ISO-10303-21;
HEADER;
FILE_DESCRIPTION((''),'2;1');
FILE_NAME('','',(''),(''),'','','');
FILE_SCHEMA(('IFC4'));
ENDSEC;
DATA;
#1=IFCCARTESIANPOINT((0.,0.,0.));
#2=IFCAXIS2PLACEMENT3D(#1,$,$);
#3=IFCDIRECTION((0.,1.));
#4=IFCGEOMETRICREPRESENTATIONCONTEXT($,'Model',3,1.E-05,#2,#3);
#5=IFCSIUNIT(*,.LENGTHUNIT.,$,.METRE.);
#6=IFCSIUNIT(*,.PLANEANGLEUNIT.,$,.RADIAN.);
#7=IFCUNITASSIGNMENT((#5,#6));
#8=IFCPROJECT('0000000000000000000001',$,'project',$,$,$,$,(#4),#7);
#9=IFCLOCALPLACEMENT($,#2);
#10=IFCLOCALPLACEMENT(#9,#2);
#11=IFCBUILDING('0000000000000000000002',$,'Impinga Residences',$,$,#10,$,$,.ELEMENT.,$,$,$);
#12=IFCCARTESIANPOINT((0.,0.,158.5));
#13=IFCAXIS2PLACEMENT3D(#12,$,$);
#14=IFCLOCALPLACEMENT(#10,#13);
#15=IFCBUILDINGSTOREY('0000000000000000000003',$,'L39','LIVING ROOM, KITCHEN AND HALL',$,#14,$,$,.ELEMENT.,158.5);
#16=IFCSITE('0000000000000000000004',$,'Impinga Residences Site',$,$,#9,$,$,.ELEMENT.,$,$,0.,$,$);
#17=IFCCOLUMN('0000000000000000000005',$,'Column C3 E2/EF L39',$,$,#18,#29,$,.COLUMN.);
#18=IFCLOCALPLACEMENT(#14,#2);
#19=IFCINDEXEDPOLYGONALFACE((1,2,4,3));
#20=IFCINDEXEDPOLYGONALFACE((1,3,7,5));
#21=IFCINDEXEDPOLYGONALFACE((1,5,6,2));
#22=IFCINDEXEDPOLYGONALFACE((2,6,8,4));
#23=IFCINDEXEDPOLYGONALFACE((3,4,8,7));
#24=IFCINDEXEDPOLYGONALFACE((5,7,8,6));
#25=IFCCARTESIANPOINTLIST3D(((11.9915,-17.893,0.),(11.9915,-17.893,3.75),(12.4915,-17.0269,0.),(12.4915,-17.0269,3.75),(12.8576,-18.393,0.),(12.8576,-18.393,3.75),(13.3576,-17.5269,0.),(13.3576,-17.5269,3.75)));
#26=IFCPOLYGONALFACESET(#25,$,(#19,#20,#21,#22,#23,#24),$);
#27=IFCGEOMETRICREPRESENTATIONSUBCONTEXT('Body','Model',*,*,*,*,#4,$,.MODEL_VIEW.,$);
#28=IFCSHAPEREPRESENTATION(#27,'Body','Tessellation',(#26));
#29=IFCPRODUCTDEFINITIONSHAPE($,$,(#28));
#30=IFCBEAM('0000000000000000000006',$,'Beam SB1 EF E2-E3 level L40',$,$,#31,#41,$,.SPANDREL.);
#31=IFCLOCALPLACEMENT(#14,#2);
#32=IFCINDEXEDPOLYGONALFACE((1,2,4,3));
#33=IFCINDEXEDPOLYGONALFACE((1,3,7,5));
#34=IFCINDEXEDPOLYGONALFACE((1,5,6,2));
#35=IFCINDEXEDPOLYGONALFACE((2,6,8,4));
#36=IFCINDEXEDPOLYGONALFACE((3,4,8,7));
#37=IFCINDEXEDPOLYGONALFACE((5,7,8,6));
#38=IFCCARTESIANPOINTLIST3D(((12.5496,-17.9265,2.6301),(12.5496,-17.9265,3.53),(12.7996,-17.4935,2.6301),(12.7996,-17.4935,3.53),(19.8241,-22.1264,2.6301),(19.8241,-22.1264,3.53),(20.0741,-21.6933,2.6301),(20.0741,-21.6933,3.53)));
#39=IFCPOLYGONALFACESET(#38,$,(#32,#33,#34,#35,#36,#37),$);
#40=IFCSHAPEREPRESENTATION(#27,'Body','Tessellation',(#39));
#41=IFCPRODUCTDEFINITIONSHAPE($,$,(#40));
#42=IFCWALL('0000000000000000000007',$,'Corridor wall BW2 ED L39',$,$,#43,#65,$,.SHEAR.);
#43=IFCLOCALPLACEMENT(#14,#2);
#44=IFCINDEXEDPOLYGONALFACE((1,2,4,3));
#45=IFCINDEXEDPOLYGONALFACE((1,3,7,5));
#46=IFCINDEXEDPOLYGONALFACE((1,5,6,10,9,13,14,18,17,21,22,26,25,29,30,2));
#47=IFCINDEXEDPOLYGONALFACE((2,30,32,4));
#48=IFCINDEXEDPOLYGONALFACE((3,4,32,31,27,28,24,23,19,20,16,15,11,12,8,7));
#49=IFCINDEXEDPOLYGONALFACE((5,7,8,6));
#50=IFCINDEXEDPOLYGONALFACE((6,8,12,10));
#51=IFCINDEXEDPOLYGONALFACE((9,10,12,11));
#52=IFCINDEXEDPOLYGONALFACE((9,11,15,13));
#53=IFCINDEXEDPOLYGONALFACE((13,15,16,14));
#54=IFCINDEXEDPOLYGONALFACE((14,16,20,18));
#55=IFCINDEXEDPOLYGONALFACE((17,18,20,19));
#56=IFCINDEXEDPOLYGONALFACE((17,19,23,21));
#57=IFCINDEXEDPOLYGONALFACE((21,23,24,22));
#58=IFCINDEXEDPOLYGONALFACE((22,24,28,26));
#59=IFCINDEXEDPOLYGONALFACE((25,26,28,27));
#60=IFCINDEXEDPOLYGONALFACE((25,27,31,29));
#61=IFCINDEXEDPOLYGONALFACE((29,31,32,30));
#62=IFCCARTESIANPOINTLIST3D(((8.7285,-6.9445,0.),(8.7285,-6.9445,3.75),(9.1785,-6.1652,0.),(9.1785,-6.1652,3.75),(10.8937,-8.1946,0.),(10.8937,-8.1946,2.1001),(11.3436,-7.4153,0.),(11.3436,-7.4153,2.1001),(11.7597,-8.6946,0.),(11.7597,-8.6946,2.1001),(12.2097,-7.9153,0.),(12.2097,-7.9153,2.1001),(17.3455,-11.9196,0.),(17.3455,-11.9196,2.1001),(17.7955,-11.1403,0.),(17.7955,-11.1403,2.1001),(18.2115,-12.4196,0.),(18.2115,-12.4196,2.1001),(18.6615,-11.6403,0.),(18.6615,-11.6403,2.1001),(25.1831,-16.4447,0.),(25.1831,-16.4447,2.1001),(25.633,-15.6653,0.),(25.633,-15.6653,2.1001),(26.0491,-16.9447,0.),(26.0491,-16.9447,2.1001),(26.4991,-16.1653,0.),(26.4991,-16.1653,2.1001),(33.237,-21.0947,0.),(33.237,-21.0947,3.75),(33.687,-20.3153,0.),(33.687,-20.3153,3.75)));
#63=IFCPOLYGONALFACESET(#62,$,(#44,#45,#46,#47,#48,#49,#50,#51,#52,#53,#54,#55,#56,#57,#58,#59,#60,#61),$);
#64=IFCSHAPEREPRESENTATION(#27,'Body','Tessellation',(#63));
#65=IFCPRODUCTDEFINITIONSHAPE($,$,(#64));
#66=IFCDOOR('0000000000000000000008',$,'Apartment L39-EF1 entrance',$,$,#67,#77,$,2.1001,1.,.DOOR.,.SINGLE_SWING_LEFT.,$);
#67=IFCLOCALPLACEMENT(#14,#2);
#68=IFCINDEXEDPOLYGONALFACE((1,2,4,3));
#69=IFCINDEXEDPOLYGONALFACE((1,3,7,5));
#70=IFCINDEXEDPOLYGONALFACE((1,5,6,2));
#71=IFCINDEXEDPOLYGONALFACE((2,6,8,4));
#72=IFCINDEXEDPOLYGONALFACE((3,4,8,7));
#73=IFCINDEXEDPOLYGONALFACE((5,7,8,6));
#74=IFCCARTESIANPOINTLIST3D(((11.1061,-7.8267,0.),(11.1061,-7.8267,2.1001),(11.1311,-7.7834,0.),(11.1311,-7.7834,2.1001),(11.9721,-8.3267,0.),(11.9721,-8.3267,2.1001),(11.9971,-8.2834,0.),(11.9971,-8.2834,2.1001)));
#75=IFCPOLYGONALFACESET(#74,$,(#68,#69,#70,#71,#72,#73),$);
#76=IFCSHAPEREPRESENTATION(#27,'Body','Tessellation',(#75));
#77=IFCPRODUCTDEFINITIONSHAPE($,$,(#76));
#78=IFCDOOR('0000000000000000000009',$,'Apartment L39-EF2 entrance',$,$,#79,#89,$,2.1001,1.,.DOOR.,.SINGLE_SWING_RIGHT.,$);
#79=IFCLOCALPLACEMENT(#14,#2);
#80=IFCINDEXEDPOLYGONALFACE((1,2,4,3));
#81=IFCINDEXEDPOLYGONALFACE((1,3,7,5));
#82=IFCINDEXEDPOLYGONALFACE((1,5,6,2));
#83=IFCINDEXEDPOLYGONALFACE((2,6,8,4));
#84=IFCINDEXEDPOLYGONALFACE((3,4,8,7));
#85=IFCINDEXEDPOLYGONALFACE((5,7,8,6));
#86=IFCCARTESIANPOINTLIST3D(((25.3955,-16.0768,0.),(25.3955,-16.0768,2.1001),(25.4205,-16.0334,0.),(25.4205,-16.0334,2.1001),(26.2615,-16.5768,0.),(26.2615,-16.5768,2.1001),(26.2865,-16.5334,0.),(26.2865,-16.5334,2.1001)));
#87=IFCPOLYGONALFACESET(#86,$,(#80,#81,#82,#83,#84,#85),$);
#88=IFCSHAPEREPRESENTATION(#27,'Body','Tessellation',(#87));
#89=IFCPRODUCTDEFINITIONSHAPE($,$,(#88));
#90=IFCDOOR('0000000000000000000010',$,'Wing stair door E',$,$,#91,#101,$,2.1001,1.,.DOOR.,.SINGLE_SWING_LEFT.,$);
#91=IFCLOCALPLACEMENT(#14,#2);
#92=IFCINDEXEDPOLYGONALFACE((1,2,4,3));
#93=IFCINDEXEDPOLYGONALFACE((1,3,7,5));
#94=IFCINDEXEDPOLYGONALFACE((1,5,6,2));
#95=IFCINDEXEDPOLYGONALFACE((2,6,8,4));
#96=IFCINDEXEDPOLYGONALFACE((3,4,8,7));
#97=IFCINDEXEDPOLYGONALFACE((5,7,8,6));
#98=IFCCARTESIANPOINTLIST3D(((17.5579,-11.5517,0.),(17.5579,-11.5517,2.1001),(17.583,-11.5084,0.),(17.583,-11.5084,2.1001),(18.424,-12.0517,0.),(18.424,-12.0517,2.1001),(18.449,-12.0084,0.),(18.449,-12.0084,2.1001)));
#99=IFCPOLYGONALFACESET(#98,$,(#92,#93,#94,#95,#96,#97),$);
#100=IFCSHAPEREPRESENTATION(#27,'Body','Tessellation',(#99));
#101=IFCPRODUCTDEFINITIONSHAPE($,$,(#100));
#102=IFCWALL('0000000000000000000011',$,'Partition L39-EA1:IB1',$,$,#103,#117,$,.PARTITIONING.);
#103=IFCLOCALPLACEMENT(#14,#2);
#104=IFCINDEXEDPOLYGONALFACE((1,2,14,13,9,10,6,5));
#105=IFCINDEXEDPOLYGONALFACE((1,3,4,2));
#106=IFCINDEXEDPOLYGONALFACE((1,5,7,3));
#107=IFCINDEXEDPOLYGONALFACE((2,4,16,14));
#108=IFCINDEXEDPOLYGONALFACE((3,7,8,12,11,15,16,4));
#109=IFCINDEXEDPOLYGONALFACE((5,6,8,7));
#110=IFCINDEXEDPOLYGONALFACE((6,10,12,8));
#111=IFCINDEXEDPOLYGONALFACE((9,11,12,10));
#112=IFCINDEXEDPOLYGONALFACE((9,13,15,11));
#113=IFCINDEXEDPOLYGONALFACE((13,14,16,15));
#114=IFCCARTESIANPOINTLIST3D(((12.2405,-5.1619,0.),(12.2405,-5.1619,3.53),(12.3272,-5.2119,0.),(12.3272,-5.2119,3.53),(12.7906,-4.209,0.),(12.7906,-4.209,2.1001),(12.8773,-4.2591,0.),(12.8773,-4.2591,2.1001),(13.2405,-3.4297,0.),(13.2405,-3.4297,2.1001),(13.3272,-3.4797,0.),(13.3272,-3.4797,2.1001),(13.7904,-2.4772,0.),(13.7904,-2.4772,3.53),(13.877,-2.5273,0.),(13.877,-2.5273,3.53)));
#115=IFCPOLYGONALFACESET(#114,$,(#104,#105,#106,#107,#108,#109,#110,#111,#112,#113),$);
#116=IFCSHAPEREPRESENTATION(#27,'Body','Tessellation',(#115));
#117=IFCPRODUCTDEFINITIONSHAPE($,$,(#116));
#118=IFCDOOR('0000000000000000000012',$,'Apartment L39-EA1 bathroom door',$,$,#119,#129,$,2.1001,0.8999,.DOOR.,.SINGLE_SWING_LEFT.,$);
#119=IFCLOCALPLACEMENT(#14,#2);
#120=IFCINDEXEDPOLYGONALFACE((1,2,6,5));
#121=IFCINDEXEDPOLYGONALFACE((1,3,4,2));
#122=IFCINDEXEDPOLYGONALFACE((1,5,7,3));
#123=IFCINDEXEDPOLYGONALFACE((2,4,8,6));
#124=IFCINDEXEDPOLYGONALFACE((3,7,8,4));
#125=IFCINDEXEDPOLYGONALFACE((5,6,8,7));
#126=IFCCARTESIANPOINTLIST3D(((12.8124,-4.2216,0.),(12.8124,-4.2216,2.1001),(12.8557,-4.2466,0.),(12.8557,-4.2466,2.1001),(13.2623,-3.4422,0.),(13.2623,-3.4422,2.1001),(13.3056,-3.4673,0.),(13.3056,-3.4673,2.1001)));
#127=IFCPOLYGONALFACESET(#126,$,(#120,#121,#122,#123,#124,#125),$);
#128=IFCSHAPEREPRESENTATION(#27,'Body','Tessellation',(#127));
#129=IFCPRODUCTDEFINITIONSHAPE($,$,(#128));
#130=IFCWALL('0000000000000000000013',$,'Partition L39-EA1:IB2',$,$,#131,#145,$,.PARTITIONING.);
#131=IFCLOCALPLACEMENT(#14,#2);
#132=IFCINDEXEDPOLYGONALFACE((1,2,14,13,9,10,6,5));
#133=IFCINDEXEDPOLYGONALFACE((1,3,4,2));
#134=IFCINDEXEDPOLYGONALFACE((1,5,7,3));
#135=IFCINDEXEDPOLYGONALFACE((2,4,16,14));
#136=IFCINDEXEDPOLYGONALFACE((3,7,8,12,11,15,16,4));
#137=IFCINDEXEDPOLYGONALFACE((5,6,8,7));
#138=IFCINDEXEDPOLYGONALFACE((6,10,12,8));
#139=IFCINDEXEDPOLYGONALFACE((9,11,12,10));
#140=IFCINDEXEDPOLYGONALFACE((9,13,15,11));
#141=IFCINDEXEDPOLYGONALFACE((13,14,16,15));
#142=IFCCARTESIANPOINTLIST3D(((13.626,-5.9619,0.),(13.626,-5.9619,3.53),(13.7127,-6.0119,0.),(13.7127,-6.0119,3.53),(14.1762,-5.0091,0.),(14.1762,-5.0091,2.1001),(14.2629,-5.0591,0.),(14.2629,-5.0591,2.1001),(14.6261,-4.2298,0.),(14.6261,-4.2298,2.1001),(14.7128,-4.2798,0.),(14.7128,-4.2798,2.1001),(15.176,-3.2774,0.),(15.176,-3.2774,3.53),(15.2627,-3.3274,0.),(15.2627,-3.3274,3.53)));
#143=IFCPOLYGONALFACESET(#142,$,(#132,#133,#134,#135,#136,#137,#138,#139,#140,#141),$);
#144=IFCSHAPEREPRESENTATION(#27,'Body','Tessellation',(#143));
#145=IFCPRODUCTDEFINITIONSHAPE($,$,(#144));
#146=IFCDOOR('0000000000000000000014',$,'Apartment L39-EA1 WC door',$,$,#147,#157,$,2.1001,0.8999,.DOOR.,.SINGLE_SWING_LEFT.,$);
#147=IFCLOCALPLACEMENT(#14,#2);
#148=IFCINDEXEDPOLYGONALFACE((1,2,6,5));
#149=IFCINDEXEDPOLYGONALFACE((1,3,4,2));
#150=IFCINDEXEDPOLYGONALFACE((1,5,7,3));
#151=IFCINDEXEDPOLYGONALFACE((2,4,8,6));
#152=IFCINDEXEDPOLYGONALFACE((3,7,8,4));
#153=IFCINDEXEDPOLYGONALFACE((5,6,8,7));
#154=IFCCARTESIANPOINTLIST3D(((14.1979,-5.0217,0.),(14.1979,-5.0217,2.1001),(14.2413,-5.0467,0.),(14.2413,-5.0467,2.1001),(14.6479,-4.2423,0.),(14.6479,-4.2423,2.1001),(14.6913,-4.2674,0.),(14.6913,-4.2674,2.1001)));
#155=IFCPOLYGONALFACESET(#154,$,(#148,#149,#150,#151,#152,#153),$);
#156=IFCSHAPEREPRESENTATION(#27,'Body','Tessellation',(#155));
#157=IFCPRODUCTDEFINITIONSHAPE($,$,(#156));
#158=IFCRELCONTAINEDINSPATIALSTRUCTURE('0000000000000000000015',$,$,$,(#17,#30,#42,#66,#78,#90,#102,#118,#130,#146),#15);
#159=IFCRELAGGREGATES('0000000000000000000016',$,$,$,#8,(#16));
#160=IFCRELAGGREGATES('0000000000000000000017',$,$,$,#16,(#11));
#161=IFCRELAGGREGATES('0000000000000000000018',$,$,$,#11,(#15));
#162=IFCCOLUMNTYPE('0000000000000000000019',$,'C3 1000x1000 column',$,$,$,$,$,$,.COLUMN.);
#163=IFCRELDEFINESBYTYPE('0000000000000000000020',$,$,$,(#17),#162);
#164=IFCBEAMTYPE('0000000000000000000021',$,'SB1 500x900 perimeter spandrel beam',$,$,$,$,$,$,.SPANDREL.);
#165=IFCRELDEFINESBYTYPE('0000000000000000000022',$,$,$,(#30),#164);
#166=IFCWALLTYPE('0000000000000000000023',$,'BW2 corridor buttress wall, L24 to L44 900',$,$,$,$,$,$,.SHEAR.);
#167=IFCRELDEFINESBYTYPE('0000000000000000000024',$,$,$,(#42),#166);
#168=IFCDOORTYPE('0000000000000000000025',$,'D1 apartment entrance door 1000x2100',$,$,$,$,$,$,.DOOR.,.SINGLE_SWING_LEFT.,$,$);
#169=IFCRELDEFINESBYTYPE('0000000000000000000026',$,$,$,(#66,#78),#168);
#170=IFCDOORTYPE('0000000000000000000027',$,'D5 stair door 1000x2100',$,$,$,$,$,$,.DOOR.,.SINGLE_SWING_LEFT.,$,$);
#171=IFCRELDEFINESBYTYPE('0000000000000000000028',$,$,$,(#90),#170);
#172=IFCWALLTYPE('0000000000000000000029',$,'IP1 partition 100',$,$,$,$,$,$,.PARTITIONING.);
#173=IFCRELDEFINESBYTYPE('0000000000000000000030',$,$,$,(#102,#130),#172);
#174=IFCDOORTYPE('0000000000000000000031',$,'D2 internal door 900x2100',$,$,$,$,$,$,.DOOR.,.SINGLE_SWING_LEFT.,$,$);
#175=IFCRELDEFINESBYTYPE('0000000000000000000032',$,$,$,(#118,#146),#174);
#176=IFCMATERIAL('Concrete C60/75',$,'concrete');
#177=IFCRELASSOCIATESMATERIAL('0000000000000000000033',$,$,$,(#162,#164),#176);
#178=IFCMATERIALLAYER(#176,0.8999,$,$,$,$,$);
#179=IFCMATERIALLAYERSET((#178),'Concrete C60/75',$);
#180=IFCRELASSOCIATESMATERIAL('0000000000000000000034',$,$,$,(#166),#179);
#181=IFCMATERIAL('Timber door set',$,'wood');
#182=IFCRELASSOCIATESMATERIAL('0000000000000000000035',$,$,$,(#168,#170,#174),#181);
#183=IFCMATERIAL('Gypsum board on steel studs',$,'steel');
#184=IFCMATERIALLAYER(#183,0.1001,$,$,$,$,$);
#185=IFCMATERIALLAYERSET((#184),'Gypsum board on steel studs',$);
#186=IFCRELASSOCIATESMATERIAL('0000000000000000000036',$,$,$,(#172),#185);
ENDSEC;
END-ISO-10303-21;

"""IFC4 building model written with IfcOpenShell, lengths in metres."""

from ifc_helpers import new_model, si_unit, direction, frame, frame_2d, origin, origin_2d, place, context, subcontext, project, spatial, rectangle, extrude, material, layer, layer_set, material_profile, profile_set, type_object, element, fill, save


model = new_model("IFC4")

# Units and contexts
model_context = context("Model", 3, precision=1e-05, world=origin(), true_north=direction((0.0, 1.0)))
body_context = subcontext(model_context, "Body", "Model", "MODEL_VIEW")
ifc_project = project(units=[si_unit("LENGTHUNIT", "METRE"), si_unit("PLANEANGLEUNIT", "RADIAN")], contexts=[model_context])

# Site, building, storey
site_placement = place(None, origin())
site = spatial("IfcSite", under=ifc_project, at=site_placement, Name="Impinga Residences Site", CompositionType="ELEMENT", RefElevation=0.0)
building_placement = place(site_placement, origin())
building = spatial("IfcBuilding", under=site, at=building_placement, Name="Impinga Residences", CompositionType="ELEMENT")
storey_placement = place(building_placement, frame((0.0, 0.0, 158.5)))
storey = spatial("IfcBuildingStorey", under=building, at=storey_placement, Name="L39", Description="LIVING ROOM, KITCHEN AND HALL", CompositionType="ELEMENT", Elevation=158.5)

# Column
ifc_material_1 = material(Name="Concrete C60/75", Category="concrete")
ifc_material_profile_1 = material_profile(ifc_material_1, rectangle(XDim=1.0, YDim=1.0, at=origin_2d()), Name="RC 1000x1000")
ifc_profile_set_1 = profile_set([ifc_material_profile_1], Name="Concrete C60/75")
column_type = type_object("IfcColumnType", Name="C3 1000x1000 column", PredefinedType="COLUMN", material=ifc_profile_set_1)
column_placement = place(storey_placement, frame((12.6746, -17.71, 0.0), z_axis=(0.0, 0.0, 1.0), x_axis=(-0.5, -0.866025, 0.0)))
element("IfcColumn", 1, at=column_placement, inside=storey, type_object=column_type, Name="Column C3 E2/EF L39", PredefinedType="COLUMN", context=body_context, shape_type="SweptSolid", body=[
    extrude(rectangle(XDim=1.0, YDim=1.0, at=origin_2d()), origin(), (0.0, 0.0, 1.0), 3.75),
])

# Beam
ifc_material_profile_2 = material_profile(ifc_material_1, rectangle(XDim=0.5, YDim=0.8999, at=origin_2d()), Name="RC 500x900")
ifc_profile_set_2 = profile_set([ifc_material_profile_2], Name="Concrete C60/75")
beam_type = type_object("IfcBeamType", Name="SB1 500x900 perimeter spandrel beam", PredefinedType="SPANDREL", material=ifc_profile_set_2)
beam_placement = place(storey_placement, frame((12.6746, -17.71, 3.0801), z_axis=(0.866029, -0.499993, 0.0), x_axis=(0.499993, 0.866029, 0.0)))
element("IfcBeam", 2, at=beam_placement, inside=storey, type_object=beam_type, Name="Beam SB1 EF E2-E3 level L40", PredefinedType="SPANDREL", context=body_context, shape_type="SweptSolid", body=[
    extrude(rectangle(XDim=0.5, YDim=0.8999, at=origin_2d()), origin(), (0.0, 0.0, 1.0), 8.3999),
])

# Wall, openings, doors
ifc_layer_1 = layer(ifc_material_1, 0.8999)
ifc_layer_set_1 = layer_set([ifc_layer_1], Name="Concrete C60/75")
wall_type_1 = type_object("IfcWallType", Name="BW2 corridor buttress wall, L24 to L44 900", PredefinedType="SHEAR", material=ifc_layer_set_1)
wall_1_placement = place(storey_placement, frame((8.9536, -6.5549, 0.0), z_axis=(0.0, 0.0, 1.0), x_axis=(0.866023, -0.500003, 0.0)))
wall_1 = element("IfcWall", 3, at=wall_1_placement, inside=storey, type_object=wall_type_1, Name="Corridor wall BW2 ED L39", PredefinedType="SHEAR", context=body_context, shape_type="SweptSolid", body=[
    extrude(rectangle(XDim=28.3, YDim=0.8999, at=frame_2d((14.1499, 0.0))), origin(), (0.0, 0.0, 1.0), 3.75),
])
opening_1_placement = place(wall_1_placement, frame((9.95, 0.0, 0.0)))
opening_1 = element("IfcOpeningElement", 4, at=opening_1_placement, cuts=wall_1, PredefinedType="OPENING", context=body_context, shape_type="SweptSolid", body=[
    extrude(rectangle(XDim=1.0, YDim=2.1001, at=frame_2d((0.5, 1.05))), frame((0.0, 0.46, 0.0), z_axis=(0.0, -1.0, 0.0), x_axis=(1.0, 0.0, 0.0)), (0.0, 0.0, 1.0), 0.9199),
])
opening_2_placement = place(wall_1_placement, frame((2.5, 0.0, 0.0)))
opening_2 = element("IfcOpeningElement", 5, at=opening_2_placement, cuts=wall_1, PredefinedType="OPENING", context=body_context, shape_type="SweptSolid", body=[
    extrude(rectangle(XDim=1.0, YDim=2.1001, at=frame_2d((0.5, 1.05))), frame((0.0, 0.46, 0.0), z_axis=(0.0, -1.0, 0.0), x_axis=(1.0, 0.0, 0.0)), (0.0, 0.0, 1.0), 0.9199),
])
opening_3_placement = place(wall_1_placement, frame((19.0, 0.0, 0.0)))
opening_3 = element("IfcOpeningElement", 6, at=opening_3_placement, cuts=wall_1, PredefinedType="OPENING", context=body_context, shape_type="SweptSolid", body=[
    extrude(rectangle(XDim=1.0, YDim=2.1001, at=frame_2d((0.5, 1.05))), frame((0.0, 0.46, 0.0), z_axis=(0.0, -1.0, 0.0), x_axis=(1.0, 0.0, 0.0)), (0.0, 0.0, 1.0), 0.9199),
])
ifc_material_2 = material(Name="Timber door set", Category="wood")
door_type_1 = type_object("IfcDoorType", Name="D1 apartment entrance door 1000x2100", OperationType="SINGLE_SWING_LEFT", PredefinedType="DOOR", material=ifc_material_2)
door_1_placement = place(opening_2_placement, origin())
door_1 = element("IfcDoor", 7, at=door_1_placement, inside=storey, type_object=door_type_1, Name="Apartment L39-EF1 entrance", OperationType="SINGLE_SWING_LEFT", OverallHeight=2.1001, OverallWidth=1.0, PredefinedType="DOOR", context=body_context, shape_type="SweptSolid", body=[
    extrude(rectangle(XDim=1.0, YDim=2.1001, at=frame_2d((0.5, 1.05))), frame((0.0, 0.0249, 0.0), z_axis=(0.0, -1.0, 0.0), x_axis=(1.0, 0.0, 0.0)), (0.0, 0.0, 1.0), 0.05),
])
fill(opening_2, door_1)
door_2_placement = place(opening_3_placement, origin())
door_2 = element("IfcDoor", 8, at=door_2_placement, inside=storey, type_object=door_type_1, Name="Apartment L39-EF2 entrance", OperationType="SINGLE_SWING_RIGHT", OverallHeight=2.1001, OverallWidth=1.0, PredefinedType="DOOR", context=body_context, shape_type="SweptSolid", body=[
    extrude(rectangle(XDim=1.0, YDim=2.1001, at=frame_2d((0.5, 1.05))), frame((0.0, 0.0249, 0.0), z_axis=(0.0, -1.0, 0.0), x_axis=(1.0, 0.0, 0.0)), (0.0, 0.0, 1.0), 0.05),
])
fill(opening_3, door_2)
door_type_2 = type_object("IfcDoorType", Name="D5 stair door 1000x2100", OperationType="SINGLE_SWING_LEFT", PredefinedType="DOOR", material=ifc_material_2)
door_3_placement = place(opening_1_placement, origin())
door_3 = element("IfcDoor", 9, at=door_3_placement, inside=storey, type_object=door_type_2, Name="Wing stair door E", OperationType="SINGLE_SWING_LEFT", OverallHeight=2.1001, OverallWidth=1.0, PredefinedType="DOOR", context=body_context, shape_type="SweptSolid", body=[
    extrude(rectangle(XDim=1.0, YDim=2.1001, at=frame_2d((0.5, 1.05))), frame((0.0, 0.0249, 0.0), z_axis=(0.0, -1.0, 0.0), x_axis=(1.0, 0.0, 0.0)), (0.0, 0.0, 1.0), 0.05),
])
fill(opening_1, door_3)

# Walls, openings, doors
ifc_material_3 = material(Name="Gypsum board on steel studs", Category="steel")
ifc_layer_2 = layer(ifc_material_3, 0.1001)
ifc_layer_set_2 = layer_set([ifc_layer_2], Name="Gypsum board on steel studs")
wall_type_2 = type_object("IfcWallType", Name="IP1 partition 100", PredefinedType="PARTITIONING", material=ifc_layer_set_2)
wall_2_placement = place(storey_placement, frame((12.2839, -5.1868, 0.0), z_axis=(0.0, 0.0, 1.0), x_axis=(0.499968, 0.866044, 0.0)))
wall_2 = element("IfcWall", 10, at=wall_2_placement, inside=storey, type_object=wall_type_2, Name="Partition L39-EA1:IB1", PredefinedType="PARTITIONING", context=body_context, shape_type="SweptSolid", body=[
    extrude(rectangle(XDim=3.0999, YDim=0.1001, at=frame_2d((1.5498, 0.0))), origin(), (0.0, 0.0, 1.0), 3.53),
])
opening_4_placement = place(wall_2_placement, frame((1.1001, 0.0, 0.0)))
opening_4 = element("IfcOpeningElement", 11, at=opening_4_placement, cuts=wall_2, PredefinedType="OPENING", context=body_context, shape_type="SweptSolid", body=[
    extrude(rectangle(XDim=0.8999, YDim=2.1001, at=frame_2d((0.45, 1.05))), frame((0.0, 0.0601, 0.0), z_axis=(0.0, -1.0, 0.0), x_axis=(1.0, 0.0, 0.0)), (0.0, 0.0, 1.0), 0.1201),
])
door_type_3 = type_object("IfcDoorType", Name="D2 internal door 900x2100", OperationType="SINGLE_SWING_LEFT", PredefinedType="DOOR", material=ifc_material_2)
door_4_placement = place(opening_4_placement, origin())
door_4 = element("IfcDoor", 12, at=door_4_placement, inside=storey, type_object=door_type_3, Name="Apartment L39-EA1 bathroom door", OperationType="SINGLE_SWING_LEFT", OverallHeight=2.1001, OverallWidth=0.8999, PredefinedType="DOOR", context=body_context, shape_type="SweptSolid", body=[
    extrude(rectangle(XDim=0.8999, YDim=2.1001, at=frame_2d((0.45, 1.05))), frame((0.0, 0.0249, 0.0), z_axis=(0.0, -1.0, 0.0), x_axis=(1.0, 0.0, 0.0)), (0.0, 0.0, 1.0), 0.05),
])
fill(opening_4, door_4)
wall_3_placement = place(storey_placement, frame((13.6694, -5.9868, 0.0), z_axis=(0.0, 0.0, 1.0), x_axis=(0.500027, 0.86601, 0.0)))
wall_3 = element("IfcWall", 13, at=wall_3_placement, inside=storey, type_object=wall_type_2, Name="Partition L39-EA1:IB2", PredefinedType="PARTITIONING", context=body_context, shape_type="SweptSolid", body=[
    extrude(rectangle(XDim=3.0999, YDim=0.1001, at=frame_2d((1.5498, 0.0))), origin(), (0.0, 0.0, 1.0), 3.53),
])
opening_5_placement = place(wall_3_placement, frame((1.1001, 0.0, 0.0)))
opening_5 = element("IfcOpeningElement", 14, at=opening_5_placement, cuts=wall_3, PredefinedType="OPENING", context=body_context, shape_type="SweptSolid", body=[
    extrude(rectangle(XDim=0.8999, YDim=2.1001, at=frame_2d((0.45, 1.05))), frame((0.0, 0.0601, 0.0), z_axis=(0.0, -1.0, 0.0), x_axis=(1.0, 0.0, 0.0)), (0.0, 0.0, 1.0), 0.1201),
])
door_5_placement = place(opening_5_placement, origin())
door_5 = element("IfcDoor", 15, at=door_5_placement, inside=storey, type_object=door_type_3, Name="Apartment L39-EA1 WC door", OperationType="SINGLE_SWING_LEFT", OverallHeight=2.1001, OverallWidth=0.8999, PredefinedType="DOOR", context=body_context, shape_type="SweptSolid", body=[
    extrude(rectangle(XDim=0.8999, YDim=2.1001, at=frame_2d((0.45, 1.05))), frame((0.0, 0.0249, 0.0), z_axis=(0.0, -1.0, 0.0), x_axis=(1.0, 0.0, 0.0)), (0.0, 0.0, 1.0), 0.05),
])
fill(opening_5, door_5)

save(model, "model.ifc")
